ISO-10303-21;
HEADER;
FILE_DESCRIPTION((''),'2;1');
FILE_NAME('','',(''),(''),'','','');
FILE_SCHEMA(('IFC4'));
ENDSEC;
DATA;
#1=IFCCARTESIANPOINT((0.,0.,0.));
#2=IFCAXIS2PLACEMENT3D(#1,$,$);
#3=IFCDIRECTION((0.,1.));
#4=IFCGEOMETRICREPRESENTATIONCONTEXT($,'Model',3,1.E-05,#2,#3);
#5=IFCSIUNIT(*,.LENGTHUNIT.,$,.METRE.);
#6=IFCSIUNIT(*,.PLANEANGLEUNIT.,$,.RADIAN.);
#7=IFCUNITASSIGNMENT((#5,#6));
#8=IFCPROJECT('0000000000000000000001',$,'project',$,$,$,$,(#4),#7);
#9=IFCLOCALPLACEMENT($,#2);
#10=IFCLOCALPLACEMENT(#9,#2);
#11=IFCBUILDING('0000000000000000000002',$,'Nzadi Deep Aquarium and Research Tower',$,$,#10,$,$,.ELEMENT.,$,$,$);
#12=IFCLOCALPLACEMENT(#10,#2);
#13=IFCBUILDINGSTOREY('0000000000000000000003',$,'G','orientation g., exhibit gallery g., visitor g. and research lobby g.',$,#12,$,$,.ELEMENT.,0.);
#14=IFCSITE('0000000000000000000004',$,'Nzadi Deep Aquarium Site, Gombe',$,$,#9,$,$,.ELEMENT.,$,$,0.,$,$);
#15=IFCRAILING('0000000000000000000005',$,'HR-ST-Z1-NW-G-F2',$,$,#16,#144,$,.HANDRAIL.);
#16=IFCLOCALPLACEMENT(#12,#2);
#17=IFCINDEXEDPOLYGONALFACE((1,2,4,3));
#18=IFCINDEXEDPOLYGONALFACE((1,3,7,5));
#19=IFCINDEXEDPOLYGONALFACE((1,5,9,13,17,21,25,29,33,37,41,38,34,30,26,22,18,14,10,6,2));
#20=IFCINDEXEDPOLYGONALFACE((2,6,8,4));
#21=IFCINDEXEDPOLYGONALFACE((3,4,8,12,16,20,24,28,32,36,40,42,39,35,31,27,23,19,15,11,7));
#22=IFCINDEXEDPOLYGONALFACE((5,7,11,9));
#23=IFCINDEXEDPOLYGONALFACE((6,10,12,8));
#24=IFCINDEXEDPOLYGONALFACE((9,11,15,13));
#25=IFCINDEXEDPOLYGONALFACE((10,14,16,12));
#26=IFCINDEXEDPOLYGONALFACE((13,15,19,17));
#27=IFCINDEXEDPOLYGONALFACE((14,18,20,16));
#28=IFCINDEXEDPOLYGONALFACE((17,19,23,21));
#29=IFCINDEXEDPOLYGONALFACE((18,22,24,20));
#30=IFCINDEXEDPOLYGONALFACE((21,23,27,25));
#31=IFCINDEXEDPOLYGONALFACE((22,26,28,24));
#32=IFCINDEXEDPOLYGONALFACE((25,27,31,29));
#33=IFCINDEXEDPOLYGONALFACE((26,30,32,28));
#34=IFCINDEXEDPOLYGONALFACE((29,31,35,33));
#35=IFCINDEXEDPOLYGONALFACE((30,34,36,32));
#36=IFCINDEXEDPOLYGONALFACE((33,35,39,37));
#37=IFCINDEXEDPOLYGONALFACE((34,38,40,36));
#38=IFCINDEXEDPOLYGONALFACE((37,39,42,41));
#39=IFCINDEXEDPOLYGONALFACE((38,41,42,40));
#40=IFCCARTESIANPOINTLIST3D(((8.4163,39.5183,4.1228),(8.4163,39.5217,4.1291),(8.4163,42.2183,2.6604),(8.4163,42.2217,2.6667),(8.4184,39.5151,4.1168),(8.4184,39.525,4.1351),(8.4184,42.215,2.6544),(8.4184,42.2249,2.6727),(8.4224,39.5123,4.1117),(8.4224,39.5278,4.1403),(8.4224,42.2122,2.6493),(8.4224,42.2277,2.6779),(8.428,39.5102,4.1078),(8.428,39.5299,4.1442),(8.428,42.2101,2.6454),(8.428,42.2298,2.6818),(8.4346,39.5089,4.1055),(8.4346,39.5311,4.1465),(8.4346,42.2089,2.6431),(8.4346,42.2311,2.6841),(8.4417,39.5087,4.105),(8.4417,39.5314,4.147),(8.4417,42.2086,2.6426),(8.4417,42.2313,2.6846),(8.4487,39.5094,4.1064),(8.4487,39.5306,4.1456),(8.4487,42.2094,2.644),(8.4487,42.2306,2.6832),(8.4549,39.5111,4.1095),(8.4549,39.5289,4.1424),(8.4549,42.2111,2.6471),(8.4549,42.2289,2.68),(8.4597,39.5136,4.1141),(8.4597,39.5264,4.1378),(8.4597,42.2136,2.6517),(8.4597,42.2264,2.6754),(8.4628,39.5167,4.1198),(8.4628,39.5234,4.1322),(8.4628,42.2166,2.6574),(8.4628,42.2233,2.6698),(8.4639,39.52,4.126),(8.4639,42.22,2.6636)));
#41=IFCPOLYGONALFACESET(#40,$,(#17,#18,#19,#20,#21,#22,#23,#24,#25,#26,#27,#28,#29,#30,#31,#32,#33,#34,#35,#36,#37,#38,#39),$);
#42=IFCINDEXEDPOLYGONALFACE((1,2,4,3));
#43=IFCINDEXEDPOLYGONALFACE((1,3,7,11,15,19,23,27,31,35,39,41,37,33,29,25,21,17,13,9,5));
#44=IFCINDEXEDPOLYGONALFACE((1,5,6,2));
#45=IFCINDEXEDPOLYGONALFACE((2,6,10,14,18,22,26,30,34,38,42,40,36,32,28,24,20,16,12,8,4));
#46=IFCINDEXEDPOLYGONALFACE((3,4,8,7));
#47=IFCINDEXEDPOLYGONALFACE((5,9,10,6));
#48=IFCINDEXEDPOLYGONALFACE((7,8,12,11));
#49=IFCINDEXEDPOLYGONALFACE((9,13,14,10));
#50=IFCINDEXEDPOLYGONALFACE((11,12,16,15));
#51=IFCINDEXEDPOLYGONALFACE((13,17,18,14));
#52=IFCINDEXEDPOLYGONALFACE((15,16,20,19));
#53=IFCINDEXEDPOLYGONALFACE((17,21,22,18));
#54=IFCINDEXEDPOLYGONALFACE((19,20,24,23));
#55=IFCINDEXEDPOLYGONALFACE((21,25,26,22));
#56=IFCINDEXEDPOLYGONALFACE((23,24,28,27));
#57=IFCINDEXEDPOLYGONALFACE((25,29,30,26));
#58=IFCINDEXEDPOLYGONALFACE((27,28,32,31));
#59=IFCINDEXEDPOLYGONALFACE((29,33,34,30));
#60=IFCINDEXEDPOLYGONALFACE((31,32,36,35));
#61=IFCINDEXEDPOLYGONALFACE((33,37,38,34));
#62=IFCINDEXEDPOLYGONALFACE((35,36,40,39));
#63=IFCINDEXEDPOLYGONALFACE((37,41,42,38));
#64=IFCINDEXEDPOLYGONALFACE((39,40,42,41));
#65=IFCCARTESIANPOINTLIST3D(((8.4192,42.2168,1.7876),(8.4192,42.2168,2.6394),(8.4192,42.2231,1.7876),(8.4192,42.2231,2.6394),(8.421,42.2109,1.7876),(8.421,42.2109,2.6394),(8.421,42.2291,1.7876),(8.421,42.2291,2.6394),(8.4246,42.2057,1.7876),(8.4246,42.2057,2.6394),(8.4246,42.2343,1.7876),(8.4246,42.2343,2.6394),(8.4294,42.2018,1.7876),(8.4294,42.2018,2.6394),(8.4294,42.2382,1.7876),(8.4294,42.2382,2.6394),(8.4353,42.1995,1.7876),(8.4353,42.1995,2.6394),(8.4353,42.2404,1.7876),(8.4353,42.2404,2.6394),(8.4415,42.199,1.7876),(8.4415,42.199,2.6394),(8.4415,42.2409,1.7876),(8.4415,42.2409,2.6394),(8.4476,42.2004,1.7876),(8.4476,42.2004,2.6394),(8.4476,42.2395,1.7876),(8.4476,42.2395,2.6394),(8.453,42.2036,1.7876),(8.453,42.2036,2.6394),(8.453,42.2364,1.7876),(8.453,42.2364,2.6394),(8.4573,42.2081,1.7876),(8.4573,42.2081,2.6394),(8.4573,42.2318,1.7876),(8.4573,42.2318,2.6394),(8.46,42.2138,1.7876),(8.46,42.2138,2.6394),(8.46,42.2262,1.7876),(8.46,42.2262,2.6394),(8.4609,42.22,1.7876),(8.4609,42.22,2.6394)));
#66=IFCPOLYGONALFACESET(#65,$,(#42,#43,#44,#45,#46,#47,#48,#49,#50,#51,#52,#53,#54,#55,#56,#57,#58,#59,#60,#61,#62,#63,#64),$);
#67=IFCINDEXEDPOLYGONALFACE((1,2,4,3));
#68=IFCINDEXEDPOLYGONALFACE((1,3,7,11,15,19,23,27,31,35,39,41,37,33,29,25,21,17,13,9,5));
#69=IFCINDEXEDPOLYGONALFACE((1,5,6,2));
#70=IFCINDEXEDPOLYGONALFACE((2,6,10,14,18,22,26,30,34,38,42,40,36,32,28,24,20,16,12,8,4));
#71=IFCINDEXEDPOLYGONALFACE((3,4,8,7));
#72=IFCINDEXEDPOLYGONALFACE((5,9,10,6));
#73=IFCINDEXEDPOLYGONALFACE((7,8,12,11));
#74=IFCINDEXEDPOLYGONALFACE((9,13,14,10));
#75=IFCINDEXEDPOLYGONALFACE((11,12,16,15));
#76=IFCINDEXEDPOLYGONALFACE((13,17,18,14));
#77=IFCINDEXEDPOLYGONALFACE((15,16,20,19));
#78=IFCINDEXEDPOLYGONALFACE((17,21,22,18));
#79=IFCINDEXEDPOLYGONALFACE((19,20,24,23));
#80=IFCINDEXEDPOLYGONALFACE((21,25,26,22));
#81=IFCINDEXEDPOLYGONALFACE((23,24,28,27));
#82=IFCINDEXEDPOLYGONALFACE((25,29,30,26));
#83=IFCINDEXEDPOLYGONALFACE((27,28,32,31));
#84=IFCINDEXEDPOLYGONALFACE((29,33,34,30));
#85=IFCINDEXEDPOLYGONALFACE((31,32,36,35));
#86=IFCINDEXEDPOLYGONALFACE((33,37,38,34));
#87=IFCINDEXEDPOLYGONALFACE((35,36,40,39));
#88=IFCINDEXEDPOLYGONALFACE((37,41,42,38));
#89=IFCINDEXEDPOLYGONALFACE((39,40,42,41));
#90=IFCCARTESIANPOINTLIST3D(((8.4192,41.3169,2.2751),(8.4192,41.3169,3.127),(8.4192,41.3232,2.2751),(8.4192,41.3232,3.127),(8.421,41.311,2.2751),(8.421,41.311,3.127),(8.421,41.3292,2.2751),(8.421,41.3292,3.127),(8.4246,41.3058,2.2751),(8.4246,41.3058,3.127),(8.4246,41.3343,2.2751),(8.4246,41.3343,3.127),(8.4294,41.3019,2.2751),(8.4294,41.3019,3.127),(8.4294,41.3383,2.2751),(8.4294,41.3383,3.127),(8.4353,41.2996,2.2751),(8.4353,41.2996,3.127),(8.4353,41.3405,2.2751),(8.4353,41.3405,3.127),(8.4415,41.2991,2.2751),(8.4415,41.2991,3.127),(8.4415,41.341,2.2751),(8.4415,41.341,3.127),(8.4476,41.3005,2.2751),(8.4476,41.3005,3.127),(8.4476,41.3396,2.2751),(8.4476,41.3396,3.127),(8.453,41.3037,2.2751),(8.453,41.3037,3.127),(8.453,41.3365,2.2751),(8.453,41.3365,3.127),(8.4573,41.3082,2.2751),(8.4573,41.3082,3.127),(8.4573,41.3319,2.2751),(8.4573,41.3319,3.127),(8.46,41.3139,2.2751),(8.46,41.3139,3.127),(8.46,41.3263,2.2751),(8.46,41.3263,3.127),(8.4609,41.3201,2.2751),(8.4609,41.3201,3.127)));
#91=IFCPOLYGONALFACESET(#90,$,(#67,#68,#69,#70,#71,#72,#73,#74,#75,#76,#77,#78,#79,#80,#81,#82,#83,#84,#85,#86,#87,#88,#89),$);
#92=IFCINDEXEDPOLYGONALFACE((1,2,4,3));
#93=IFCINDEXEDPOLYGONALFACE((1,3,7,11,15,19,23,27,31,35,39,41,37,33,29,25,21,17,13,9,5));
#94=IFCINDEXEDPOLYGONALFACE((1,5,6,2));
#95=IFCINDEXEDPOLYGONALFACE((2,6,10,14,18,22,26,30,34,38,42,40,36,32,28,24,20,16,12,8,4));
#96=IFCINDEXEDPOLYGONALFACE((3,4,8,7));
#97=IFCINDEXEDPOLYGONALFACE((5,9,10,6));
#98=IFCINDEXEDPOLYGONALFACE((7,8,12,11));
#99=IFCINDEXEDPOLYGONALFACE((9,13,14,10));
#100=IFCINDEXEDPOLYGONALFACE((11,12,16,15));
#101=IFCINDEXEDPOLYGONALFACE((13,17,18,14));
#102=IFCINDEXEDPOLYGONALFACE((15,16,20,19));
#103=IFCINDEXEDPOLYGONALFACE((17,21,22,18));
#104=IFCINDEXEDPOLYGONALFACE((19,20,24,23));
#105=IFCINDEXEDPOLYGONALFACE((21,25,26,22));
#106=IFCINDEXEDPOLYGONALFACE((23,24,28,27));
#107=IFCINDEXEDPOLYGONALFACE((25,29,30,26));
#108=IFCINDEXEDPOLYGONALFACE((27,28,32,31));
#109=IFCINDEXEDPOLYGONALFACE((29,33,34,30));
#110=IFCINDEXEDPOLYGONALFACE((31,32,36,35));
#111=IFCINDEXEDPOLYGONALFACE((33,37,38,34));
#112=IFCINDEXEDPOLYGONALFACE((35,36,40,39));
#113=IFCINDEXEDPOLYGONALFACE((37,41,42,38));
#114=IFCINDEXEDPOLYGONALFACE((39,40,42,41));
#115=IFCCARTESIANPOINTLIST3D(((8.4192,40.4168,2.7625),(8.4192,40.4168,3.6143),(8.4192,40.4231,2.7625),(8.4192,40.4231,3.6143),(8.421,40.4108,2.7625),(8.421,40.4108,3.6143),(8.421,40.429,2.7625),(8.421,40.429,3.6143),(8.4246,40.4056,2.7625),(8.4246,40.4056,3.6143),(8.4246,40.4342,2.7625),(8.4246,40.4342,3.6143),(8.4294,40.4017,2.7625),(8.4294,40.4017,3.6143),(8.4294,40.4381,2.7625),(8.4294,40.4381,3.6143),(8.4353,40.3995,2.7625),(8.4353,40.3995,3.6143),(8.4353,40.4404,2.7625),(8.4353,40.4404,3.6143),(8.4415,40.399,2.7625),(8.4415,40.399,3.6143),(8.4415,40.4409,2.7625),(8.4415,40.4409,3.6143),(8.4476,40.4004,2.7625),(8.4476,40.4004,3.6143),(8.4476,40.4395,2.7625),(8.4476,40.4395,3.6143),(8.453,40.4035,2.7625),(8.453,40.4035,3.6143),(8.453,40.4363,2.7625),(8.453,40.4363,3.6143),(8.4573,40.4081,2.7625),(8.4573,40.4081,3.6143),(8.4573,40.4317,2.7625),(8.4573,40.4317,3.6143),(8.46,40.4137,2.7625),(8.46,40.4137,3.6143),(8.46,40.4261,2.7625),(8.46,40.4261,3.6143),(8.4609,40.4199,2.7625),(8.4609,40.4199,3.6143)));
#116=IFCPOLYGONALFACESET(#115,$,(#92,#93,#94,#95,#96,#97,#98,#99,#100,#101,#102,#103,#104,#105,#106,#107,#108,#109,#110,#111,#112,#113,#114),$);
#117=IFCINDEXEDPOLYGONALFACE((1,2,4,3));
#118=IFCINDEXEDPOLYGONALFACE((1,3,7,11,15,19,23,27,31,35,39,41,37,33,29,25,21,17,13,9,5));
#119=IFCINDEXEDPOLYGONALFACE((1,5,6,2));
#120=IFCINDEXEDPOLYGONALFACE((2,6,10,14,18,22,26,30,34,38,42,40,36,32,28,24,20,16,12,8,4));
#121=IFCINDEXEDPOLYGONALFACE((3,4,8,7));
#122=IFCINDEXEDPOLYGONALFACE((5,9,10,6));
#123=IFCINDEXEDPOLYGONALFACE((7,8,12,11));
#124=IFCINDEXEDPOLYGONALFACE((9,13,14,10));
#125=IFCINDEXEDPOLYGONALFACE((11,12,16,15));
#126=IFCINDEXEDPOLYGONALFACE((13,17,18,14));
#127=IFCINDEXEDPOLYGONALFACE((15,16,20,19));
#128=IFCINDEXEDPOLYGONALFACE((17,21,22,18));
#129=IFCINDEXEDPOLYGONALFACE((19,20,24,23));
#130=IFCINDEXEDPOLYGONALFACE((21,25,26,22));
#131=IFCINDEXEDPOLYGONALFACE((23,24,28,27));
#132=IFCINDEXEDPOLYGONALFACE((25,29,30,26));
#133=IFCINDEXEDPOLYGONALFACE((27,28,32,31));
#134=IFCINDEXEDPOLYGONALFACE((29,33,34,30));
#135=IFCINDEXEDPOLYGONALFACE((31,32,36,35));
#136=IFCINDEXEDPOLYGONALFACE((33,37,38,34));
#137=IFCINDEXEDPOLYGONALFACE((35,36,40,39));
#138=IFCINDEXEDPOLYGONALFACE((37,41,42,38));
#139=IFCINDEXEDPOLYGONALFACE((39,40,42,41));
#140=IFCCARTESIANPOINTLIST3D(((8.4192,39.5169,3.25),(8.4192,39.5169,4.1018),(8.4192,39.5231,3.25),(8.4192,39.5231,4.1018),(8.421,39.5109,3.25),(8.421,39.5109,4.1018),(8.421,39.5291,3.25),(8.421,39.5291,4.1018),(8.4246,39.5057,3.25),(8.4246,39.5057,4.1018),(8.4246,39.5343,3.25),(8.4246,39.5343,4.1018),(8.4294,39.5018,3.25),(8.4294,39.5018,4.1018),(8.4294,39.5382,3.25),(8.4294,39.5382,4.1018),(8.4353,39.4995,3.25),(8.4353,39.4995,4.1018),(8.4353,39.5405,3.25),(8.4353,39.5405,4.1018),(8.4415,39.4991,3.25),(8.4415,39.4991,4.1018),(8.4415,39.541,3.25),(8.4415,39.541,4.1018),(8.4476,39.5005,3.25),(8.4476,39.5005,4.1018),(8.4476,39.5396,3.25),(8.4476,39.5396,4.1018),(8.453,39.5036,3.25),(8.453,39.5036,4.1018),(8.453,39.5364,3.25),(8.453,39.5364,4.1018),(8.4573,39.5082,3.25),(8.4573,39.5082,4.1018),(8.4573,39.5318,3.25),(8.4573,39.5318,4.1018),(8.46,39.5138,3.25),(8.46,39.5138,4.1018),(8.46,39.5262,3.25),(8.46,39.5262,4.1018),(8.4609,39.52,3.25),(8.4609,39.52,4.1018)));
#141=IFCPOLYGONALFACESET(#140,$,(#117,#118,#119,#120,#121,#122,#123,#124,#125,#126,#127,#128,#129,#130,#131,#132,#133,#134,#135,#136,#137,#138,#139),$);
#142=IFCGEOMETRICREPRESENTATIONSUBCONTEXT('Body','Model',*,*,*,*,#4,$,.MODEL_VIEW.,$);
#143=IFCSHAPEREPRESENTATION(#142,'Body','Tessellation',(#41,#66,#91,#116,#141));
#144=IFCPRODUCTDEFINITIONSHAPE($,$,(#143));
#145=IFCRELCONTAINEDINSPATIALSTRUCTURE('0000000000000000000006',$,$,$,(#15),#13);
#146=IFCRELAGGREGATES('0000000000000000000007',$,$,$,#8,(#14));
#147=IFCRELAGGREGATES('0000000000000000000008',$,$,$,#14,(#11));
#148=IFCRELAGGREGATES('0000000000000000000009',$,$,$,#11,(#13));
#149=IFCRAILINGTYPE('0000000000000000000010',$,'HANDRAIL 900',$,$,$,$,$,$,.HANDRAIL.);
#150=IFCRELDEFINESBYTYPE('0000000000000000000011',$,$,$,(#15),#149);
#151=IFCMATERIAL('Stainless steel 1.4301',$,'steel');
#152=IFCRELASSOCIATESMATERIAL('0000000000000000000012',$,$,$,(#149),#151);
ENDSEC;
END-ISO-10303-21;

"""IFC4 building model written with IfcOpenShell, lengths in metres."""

from ifc_helpers import new_model, si_unit, direction, frame, origin, origin_2d, place, context, subcontext, project, spatial, circle, extrude, material, type_object, element, save


model = new_model("IFC4")

# Units and contexts
model_context = context("Model", 3, precision=1e-05, world=origin(), true_north=direction((0.0, 1.0)))
body_context = subcontext(model_context, "Body", "Model", "MODEL_VIEW")
ifc_project = project(units=[si_unit("LENGTHUNIT", "METRE"), si_unit("PLANEANGLEUNIT", "RADIAN")], contexts=[model_context])

# Site, building, storey
site_placement = place(None, origin())
site = spatial("IfcSite", under=ifc_project, at=site_placement, Name="Nzadi Deep Aquarium Site, Gombe", CompositionType="ELEMENT", RefElevation=0.0)
building_placement = place(site_placement, origin())
building = spatial("IfcBuilding", under=site, at=building_placement, Name="Nzadi Deep Aquarium and Research Tower", CompositionType="ELEMENT")
storey_placement = place(building_placement, origin())
storey = spatial("IfcBuildingStorey", under=building, at=storey_placement, Name="G", Description="orientation g., exhibit gallery g., visitor g. and research lobby g.", CompositionType="ELEMENT", Elevation=0.0)

# Railing
ifc_material_1 = material(Name="Stainless steel 1.4301", Category="steel")
railing_type = type_object("IfcRailingType", Name="HANDRAIL 900", PredefinedType="HANDRAIL", material=ifc_material_1)
for number, where, name in (
    (1, (8.4399, 42.22, 1.7876), "HR-ST-Z1-NW-G-F2"),
):
    element("IfcRailing", number, at=place(storey_placement, frame(where)), inside=storey, type_object=railing_type, Name=name, PredefinedType="HANDRAIL", context=body_context, shape_type="SweptSolid", body=[
        extrude(circle(Radius=0.0239, at=origin_2d()), frame((0.0, 0.0, 0.876), z_axis=(0.0, -0.879302, 0.476265), x_axis=(1.0, 0.0, 0.0)), (0.0, 0.0, 1.0), 3.0706),
        extrude(circle(Radius=0.021, at=origin_2d()), origin(), (0.0, 0.0, 1.0), 0.8518),
        extrude(circle(Radius=0.021, at=origin_2d()), frame((0.0, -0.8999, 0.4875)), (0.0, 0.0, 1.0), 0.8518),
        extrude(circle(Radius=0.021, at=origin_2d()), frame((0.0, -1.8, 0.9749)), (0.0, 0.0, 1.0), 0.8518),
        extrude(circle(Radius=0.021, at=origin_2d()), frame((0.0, -2.7, 1.4624)), (0.0, 0.0, 1.0), 0.8518),
    ])

save(model, "model.ifc")
